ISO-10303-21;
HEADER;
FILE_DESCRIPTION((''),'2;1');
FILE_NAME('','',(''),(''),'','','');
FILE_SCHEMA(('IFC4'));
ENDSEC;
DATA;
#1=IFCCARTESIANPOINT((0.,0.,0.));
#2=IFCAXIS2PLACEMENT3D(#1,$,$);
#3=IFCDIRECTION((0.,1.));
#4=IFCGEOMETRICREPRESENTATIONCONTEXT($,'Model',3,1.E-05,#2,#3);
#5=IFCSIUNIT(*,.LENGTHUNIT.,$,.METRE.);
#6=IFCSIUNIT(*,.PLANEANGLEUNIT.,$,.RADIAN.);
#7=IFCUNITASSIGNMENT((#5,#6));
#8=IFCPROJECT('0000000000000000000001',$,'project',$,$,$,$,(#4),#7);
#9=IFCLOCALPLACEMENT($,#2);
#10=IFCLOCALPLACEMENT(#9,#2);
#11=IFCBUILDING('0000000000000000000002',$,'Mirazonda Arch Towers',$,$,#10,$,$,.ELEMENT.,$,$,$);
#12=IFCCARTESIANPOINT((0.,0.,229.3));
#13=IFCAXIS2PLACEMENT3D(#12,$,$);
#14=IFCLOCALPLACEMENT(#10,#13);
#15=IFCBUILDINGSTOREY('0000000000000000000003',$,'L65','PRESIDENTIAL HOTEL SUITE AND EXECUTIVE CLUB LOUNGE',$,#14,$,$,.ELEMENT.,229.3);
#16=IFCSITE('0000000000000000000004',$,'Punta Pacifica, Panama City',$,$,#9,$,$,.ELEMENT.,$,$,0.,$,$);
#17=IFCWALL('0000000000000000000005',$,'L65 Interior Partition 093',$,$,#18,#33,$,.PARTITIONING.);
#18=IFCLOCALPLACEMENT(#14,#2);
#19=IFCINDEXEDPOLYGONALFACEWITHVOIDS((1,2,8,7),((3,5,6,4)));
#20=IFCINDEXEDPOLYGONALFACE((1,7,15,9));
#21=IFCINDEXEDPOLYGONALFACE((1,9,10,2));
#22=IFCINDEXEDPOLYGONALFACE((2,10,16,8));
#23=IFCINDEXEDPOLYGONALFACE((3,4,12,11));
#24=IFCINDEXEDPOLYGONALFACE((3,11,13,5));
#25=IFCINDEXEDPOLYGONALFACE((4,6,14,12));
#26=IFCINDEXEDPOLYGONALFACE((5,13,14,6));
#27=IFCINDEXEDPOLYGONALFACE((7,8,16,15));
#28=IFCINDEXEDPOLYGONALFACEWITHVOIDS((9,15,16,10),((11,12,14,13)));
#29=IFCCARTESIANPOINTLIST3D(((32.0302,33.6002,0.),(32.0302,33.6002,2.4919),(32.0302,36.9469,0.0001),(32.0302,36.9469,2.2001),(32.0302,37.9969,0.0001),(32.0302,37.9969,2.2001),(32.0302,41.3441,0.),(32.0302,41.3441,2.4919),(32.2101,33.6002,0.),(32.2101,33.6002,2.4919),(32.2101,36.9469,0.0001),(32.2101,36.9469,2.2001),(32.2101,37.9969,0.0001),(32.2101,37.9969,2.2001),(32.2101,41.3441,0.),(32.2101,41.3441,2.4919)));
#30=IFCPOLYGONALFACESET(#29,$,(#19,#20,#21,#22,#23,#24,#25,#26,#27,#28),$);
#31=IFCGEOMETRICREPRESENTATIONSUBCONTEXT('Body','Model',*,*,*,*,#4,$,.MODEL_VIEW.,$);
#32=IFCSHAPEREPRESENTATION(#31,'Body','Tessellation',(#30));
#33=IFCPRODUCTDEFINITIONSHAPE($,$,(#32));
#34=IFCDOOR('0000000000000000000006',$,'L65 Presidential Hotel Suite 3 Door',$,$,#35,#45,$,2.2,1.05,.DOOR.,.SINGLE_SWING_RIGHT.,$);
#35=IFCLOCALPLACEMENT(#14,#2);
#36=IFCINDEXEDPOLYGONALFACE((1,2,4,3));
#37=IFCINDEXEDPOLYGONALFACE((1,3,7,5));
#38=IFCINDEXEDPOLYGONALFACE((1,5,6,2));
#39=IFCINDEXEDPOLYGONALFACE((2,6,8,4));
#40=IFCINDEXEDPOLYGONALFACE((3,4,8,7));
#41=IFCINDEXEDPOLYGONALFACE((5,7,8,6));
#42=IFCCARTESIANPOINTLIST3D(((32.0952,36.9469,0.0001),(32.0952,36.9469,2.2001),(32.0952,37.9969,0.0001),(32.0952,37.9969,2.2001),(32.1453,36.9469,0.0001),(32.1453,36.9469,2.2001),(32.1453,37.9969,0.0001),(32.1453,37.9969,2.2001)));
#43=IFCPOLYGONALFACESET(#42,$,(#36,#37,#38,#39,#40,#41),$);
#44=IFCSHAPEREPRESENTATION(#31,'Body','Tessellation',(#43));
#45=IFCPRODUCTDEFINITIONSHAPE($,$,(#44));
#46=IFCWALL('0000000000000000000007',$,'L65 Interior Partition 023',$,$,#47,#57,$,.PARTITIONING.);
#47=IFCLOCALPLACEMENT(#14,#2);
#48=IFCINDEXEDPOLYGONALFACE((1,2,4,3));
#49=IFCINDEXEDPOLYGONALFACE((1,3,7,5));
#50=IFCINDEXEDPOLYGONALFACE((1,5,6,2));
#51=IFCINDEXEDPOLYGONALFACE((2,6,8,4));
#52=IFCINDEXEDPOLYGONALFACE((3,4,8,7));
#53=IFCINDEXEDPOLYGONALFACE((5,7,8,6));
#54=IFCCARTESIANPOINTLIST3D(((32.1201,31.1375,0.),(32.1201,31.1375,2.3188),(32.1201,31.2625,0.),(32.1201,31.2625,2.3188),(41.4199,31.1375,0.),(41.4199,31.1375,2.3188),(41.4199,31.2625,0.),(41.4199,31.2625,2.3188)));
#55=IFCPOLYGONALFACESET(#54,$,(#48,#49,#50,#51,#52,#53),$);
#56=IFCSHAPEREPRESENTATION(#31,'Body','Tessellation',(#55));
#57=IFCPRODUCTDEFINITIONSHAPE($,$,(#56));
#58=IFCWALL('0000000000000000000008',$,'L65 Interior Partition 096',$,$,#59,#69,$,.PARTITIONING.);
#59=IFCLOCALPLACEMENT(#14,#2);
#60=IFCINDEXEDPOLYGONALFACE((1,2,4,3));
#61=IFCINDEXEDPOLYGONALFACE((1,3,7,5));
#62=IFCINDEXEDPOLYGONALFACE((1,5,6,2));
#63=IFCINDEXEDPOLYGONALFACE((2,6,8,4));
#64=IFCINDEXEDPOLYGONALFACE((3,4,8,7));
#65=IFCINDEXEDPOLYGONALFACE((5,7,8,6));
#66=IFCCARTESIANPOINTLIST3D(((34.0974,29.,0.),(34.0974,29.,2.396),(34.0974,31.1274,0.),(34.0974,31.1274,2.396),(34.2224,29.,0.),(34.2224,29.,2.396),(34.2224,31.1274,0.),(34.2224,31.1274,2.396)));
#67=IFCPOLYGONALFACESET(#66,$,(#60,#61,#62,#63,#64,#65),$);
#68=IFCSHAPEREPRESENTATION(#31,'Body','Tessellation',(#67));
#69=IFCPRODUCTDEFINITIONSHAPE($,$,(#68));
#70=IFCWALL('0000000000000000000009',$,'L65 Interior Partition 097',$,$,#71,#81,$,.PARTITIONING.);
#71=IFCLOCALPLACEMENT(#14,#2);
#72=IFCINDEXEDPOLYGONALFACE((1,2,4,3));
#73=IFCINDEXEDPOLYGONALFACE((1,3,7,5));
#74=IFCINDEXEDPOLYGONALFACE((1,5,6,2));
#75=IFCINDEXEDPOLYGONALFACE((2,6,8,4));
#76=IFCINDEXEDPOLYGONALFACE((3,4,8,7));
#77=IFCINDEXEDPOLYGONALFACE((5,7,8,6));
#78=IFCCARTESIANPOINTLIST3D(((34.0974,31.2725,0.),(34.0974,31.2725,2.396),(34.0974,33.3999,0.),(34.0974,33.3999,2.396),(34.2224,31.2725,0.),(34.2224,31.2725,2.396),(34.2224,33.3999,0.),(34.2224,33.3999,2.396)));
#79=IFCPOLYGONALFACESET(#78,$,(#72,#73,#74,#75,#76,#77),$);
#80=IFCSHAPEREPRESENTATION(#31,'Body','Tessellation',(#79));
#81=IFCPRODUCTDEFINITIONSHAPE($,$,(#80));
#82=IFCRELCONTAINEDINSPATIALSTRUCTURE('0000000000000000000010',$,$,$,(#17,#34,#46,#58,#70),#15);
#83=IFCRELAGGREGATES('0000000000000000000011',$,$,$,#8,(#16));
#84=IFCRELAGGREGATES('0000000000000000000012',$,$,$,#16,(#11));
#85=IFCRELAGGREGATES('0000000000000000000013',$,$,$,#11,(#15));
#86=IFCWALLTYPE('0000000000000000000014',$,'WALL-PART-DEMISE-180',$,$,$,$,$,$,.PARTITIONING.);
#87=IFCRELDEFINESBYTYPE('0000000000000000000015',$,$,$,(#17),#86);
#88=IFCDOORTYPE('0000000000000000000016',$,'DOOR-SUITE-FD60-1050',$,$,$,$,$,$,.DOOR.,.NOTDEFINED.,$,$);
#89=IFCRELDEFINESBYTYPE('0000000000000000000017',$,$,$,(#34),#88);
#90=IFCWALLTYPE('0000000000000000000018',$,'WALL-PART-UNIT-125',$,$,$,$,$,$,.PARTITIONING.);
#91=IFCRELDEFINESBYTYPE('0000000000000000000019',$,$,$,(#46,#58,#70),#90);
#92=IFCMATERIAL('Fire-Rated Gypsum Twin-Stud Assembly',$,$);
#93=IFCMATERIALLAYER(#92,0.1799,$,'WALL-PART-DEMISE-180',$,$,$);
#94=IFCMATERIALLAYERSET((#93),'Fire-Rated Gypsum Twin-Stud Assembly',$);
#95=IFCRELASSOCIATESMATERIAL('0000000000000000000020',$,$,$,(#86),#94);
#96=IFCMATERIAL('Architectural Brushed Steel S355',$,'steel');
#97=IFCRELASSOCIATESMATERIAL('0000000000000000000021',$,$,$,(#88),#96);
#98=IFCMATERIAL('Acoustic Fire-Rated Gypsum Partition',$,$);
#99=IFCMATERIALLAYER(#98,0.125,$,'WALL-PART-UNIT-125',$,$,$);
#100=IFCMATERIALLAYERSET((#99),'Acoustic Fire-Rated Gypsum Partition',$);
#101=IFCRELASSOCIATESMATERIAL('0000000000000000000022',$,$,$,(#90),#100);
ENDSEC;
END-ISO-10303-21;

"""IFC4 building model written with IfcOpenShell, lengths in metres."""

from ifc_helpers import new_model, si_unit, direction, frame, frame_2d, origin, place, context, subcontext, project, spatial, rectangle, extrude, material, layer, layer_set, type_object, element, fill, save


model = new_model("IFC4")

# Units and contexts
model_context = context("Model", 3, precision=1e-05, world=origin(), true_north=direction((0.0, 1.0)))
body_context = subcontext(model_context, "Body", "Model", "MODEL_VIEW")
ifc_project = project(units=[si_unit("LENGTHUNIT", "METRE"), si_unit("PLANEANGLEUNIT", "RADIAN")], contexts=[model_context])

# Site, building, storey
site_placement = place(None, origin())
site = spatial("IfcSite", under=ifc_project, at=site_placement, Name="Punta Pacifica, Panama City", CompositionType="ELEMENT", RefElevation=0.0)
building_placement = place(site_placement, origin())
building = spatial("IfcBuilding", under=site, at=building_placement, Name="Mirazonda Arch Towers", CompositionType="ELEMENT")
storey_placement = place(building_placement, frame((0.0, 0.0, 229.3)))
storey = spatial("IfcBuildingStorey", under=building, at=storey_placement, Name="L65", Description="PRESIDENTIAL HOTEL SUITE AND EXECUTIVE CLUB LOUNGE", CompositionType="ELEMENT", Elevation=229.3)

# Shared definitions
ifc_material_1 = material(Name="Fire-Rated Gypsum Twin-Stud Assembly")
ifc_layer_1 = layer(ifc_material_1, 0.1799, Name="WALL-PART-DEMISE-180")
ifc_layer_set_1 = layer_set([ifc_layer_1], Name="Fire-Rated Gypsum Twin-Stud Assembly")
wall_type_1 = type_object("IfcWallType", Name="WALL-PART-DEMISE-180", PredefinedType="PARTITIONING", material=ifc_layer_set_1)
ifc_material_2 = material(Name="Architectural Brushed Steel S355", Category="steel")

# Shared definitions
door_type_1 = type_object("IfcDoorType", Name="DOOR-SUITE-FD60-1050", OperationType="NOTDEFINED", PredefinedType="DOOR", material=ifc_material_2)

# Wall, opening, door
wall_1_placement = place(storey_placement, frame((32.1201, 33.6001, 0.0), z_axis=(0.0, 0.0, 1.0), x_axis=(0.0, 1.0, 0.0)))
wall_1 = element("IfcWall", 1, at=wall_1_placement, inside=storey, type_object=wall_type_1, Name="L65 Interior Partition 093", PredefinedType="PARTITIONING", context=body_context, shape_type="SweptSolid", body=[
    extrude(rectangle(XDim=7.7439, YDim=0.1799, at=frame_2d((3.8721, 0.0))), origin(), (0.0, 0.0, 1.0), 2.4919),
])
opening_1_placement = place(wall_1_placement, frame((3.3469, 0.0, 0.0)))
opening_1 = element("IfcOpeningElement", 2, at=opening_1_placement, cuts=wall_1, PredefinedType="OPENING", context=body_context, shape_type="SweptSolid", body=[
    extrude(rectangle(XDim=1.05, YDim=2.2, at=frame_2d((0.5249, 1.1001))), frame((0.0, 0.0999, 0.0), z_axis=(0.0, -1.0, 0.0), x_axis=(1.0, 0.0, 0.0)), (0.0, 0.0, 1.0), 0.2),
])
door_1_placement = place(opening_1_placement, origin())
door_1 = element("IfcDoor", 3, at=door_1_placement, inside=storey, type_object=door_type_1, Name="L65 Presidential Hotel Suite 3 Door", OperationType="SINGLE_SWING_RIGHT", OverallHeight=2.2, OverallWidth=1.05, PredefinedType="DOOR", context=body_context, shape_type="SweptSolid", body=[
    extrude(rectangle(XDim=1.05, YDim=2.2, at=frame_2d((0.5249, 1.1001))), frame((0.0, 0.0249, 0.0), z_axis=(0.0, -1.0, 0.0), x_axis=(1.0, 0.0, 0.0)), (0.0, 0.0, 1.0), 0.05),
])
fill(opening_1, door_1)

# Walls
ifc_material_3 = material(Name="Acoustic Fire-Rated Gypsum Partition")
ifc_layer_2 = layer(ifc_material_3, 0.125, Name="WALL-PART-UNIT-125")
ifc_layer_set_2 = layer_set([ifc_layer_2], Name="Acoustic Fire-Rated Gypsum Partition")
wall_type_2 = type_object("IfcWallType", Name="WALL-PART-UNIT-125", PredefinedType="PARTITIONING", material=ifc_layer_set_2)
wall_2_placement = place(storey_placement, frame((32.1201, 31.2, 0.0), z_axis=(0.0, 0.0, 1.0), x_axis=(1.0, 0.0, 0.0)))
element("IfcWall", 4, at=wall_2_placement, inside=storey, type_object=wall_type_2, Name="L65 Interior Partition 023", PredefinedType="PARTITIONING", context=body_context, shape_type="SweptSolid", body=[
    extrude(rectangle(XDim=9.2998, YDim=0.125, at=frame_2d((4.6499, 0.0))), origin(), (0.0, 0.0, 1.0), 2.3188),
])
for number, where, z_axis, x_axis, name in (
    (5, (34.1599, 29.0, 0.0), (0.0, 0.0, 1.0), (0.0, 1.0, 0.0), "L65 Interior Partition 096"),
    (6, (34.1599, 31.2725, 0.0), (0.0, 0.0, 1.0), (0.0, 1.0, 0.0), "L65 Interior Partition 097"),
):
    element("IfcWall", number, at=place(storey_placement, frame(where, z_axis=z_axis, x_axis=x_axis)), inside=storey, type_object=wall_type_2, Name=name, PredefinedType="PARTITIONING", context=body_context, shape_type="SweptSolid", body=[
        extrude(rectangle(XDim=2.1274, YDim=0.125, at=frame_2d((1.0637, 0.0))), origin(), (0.0, 0.0, 1.0), 2.396),
    ])

save(model, "model.ifc")
